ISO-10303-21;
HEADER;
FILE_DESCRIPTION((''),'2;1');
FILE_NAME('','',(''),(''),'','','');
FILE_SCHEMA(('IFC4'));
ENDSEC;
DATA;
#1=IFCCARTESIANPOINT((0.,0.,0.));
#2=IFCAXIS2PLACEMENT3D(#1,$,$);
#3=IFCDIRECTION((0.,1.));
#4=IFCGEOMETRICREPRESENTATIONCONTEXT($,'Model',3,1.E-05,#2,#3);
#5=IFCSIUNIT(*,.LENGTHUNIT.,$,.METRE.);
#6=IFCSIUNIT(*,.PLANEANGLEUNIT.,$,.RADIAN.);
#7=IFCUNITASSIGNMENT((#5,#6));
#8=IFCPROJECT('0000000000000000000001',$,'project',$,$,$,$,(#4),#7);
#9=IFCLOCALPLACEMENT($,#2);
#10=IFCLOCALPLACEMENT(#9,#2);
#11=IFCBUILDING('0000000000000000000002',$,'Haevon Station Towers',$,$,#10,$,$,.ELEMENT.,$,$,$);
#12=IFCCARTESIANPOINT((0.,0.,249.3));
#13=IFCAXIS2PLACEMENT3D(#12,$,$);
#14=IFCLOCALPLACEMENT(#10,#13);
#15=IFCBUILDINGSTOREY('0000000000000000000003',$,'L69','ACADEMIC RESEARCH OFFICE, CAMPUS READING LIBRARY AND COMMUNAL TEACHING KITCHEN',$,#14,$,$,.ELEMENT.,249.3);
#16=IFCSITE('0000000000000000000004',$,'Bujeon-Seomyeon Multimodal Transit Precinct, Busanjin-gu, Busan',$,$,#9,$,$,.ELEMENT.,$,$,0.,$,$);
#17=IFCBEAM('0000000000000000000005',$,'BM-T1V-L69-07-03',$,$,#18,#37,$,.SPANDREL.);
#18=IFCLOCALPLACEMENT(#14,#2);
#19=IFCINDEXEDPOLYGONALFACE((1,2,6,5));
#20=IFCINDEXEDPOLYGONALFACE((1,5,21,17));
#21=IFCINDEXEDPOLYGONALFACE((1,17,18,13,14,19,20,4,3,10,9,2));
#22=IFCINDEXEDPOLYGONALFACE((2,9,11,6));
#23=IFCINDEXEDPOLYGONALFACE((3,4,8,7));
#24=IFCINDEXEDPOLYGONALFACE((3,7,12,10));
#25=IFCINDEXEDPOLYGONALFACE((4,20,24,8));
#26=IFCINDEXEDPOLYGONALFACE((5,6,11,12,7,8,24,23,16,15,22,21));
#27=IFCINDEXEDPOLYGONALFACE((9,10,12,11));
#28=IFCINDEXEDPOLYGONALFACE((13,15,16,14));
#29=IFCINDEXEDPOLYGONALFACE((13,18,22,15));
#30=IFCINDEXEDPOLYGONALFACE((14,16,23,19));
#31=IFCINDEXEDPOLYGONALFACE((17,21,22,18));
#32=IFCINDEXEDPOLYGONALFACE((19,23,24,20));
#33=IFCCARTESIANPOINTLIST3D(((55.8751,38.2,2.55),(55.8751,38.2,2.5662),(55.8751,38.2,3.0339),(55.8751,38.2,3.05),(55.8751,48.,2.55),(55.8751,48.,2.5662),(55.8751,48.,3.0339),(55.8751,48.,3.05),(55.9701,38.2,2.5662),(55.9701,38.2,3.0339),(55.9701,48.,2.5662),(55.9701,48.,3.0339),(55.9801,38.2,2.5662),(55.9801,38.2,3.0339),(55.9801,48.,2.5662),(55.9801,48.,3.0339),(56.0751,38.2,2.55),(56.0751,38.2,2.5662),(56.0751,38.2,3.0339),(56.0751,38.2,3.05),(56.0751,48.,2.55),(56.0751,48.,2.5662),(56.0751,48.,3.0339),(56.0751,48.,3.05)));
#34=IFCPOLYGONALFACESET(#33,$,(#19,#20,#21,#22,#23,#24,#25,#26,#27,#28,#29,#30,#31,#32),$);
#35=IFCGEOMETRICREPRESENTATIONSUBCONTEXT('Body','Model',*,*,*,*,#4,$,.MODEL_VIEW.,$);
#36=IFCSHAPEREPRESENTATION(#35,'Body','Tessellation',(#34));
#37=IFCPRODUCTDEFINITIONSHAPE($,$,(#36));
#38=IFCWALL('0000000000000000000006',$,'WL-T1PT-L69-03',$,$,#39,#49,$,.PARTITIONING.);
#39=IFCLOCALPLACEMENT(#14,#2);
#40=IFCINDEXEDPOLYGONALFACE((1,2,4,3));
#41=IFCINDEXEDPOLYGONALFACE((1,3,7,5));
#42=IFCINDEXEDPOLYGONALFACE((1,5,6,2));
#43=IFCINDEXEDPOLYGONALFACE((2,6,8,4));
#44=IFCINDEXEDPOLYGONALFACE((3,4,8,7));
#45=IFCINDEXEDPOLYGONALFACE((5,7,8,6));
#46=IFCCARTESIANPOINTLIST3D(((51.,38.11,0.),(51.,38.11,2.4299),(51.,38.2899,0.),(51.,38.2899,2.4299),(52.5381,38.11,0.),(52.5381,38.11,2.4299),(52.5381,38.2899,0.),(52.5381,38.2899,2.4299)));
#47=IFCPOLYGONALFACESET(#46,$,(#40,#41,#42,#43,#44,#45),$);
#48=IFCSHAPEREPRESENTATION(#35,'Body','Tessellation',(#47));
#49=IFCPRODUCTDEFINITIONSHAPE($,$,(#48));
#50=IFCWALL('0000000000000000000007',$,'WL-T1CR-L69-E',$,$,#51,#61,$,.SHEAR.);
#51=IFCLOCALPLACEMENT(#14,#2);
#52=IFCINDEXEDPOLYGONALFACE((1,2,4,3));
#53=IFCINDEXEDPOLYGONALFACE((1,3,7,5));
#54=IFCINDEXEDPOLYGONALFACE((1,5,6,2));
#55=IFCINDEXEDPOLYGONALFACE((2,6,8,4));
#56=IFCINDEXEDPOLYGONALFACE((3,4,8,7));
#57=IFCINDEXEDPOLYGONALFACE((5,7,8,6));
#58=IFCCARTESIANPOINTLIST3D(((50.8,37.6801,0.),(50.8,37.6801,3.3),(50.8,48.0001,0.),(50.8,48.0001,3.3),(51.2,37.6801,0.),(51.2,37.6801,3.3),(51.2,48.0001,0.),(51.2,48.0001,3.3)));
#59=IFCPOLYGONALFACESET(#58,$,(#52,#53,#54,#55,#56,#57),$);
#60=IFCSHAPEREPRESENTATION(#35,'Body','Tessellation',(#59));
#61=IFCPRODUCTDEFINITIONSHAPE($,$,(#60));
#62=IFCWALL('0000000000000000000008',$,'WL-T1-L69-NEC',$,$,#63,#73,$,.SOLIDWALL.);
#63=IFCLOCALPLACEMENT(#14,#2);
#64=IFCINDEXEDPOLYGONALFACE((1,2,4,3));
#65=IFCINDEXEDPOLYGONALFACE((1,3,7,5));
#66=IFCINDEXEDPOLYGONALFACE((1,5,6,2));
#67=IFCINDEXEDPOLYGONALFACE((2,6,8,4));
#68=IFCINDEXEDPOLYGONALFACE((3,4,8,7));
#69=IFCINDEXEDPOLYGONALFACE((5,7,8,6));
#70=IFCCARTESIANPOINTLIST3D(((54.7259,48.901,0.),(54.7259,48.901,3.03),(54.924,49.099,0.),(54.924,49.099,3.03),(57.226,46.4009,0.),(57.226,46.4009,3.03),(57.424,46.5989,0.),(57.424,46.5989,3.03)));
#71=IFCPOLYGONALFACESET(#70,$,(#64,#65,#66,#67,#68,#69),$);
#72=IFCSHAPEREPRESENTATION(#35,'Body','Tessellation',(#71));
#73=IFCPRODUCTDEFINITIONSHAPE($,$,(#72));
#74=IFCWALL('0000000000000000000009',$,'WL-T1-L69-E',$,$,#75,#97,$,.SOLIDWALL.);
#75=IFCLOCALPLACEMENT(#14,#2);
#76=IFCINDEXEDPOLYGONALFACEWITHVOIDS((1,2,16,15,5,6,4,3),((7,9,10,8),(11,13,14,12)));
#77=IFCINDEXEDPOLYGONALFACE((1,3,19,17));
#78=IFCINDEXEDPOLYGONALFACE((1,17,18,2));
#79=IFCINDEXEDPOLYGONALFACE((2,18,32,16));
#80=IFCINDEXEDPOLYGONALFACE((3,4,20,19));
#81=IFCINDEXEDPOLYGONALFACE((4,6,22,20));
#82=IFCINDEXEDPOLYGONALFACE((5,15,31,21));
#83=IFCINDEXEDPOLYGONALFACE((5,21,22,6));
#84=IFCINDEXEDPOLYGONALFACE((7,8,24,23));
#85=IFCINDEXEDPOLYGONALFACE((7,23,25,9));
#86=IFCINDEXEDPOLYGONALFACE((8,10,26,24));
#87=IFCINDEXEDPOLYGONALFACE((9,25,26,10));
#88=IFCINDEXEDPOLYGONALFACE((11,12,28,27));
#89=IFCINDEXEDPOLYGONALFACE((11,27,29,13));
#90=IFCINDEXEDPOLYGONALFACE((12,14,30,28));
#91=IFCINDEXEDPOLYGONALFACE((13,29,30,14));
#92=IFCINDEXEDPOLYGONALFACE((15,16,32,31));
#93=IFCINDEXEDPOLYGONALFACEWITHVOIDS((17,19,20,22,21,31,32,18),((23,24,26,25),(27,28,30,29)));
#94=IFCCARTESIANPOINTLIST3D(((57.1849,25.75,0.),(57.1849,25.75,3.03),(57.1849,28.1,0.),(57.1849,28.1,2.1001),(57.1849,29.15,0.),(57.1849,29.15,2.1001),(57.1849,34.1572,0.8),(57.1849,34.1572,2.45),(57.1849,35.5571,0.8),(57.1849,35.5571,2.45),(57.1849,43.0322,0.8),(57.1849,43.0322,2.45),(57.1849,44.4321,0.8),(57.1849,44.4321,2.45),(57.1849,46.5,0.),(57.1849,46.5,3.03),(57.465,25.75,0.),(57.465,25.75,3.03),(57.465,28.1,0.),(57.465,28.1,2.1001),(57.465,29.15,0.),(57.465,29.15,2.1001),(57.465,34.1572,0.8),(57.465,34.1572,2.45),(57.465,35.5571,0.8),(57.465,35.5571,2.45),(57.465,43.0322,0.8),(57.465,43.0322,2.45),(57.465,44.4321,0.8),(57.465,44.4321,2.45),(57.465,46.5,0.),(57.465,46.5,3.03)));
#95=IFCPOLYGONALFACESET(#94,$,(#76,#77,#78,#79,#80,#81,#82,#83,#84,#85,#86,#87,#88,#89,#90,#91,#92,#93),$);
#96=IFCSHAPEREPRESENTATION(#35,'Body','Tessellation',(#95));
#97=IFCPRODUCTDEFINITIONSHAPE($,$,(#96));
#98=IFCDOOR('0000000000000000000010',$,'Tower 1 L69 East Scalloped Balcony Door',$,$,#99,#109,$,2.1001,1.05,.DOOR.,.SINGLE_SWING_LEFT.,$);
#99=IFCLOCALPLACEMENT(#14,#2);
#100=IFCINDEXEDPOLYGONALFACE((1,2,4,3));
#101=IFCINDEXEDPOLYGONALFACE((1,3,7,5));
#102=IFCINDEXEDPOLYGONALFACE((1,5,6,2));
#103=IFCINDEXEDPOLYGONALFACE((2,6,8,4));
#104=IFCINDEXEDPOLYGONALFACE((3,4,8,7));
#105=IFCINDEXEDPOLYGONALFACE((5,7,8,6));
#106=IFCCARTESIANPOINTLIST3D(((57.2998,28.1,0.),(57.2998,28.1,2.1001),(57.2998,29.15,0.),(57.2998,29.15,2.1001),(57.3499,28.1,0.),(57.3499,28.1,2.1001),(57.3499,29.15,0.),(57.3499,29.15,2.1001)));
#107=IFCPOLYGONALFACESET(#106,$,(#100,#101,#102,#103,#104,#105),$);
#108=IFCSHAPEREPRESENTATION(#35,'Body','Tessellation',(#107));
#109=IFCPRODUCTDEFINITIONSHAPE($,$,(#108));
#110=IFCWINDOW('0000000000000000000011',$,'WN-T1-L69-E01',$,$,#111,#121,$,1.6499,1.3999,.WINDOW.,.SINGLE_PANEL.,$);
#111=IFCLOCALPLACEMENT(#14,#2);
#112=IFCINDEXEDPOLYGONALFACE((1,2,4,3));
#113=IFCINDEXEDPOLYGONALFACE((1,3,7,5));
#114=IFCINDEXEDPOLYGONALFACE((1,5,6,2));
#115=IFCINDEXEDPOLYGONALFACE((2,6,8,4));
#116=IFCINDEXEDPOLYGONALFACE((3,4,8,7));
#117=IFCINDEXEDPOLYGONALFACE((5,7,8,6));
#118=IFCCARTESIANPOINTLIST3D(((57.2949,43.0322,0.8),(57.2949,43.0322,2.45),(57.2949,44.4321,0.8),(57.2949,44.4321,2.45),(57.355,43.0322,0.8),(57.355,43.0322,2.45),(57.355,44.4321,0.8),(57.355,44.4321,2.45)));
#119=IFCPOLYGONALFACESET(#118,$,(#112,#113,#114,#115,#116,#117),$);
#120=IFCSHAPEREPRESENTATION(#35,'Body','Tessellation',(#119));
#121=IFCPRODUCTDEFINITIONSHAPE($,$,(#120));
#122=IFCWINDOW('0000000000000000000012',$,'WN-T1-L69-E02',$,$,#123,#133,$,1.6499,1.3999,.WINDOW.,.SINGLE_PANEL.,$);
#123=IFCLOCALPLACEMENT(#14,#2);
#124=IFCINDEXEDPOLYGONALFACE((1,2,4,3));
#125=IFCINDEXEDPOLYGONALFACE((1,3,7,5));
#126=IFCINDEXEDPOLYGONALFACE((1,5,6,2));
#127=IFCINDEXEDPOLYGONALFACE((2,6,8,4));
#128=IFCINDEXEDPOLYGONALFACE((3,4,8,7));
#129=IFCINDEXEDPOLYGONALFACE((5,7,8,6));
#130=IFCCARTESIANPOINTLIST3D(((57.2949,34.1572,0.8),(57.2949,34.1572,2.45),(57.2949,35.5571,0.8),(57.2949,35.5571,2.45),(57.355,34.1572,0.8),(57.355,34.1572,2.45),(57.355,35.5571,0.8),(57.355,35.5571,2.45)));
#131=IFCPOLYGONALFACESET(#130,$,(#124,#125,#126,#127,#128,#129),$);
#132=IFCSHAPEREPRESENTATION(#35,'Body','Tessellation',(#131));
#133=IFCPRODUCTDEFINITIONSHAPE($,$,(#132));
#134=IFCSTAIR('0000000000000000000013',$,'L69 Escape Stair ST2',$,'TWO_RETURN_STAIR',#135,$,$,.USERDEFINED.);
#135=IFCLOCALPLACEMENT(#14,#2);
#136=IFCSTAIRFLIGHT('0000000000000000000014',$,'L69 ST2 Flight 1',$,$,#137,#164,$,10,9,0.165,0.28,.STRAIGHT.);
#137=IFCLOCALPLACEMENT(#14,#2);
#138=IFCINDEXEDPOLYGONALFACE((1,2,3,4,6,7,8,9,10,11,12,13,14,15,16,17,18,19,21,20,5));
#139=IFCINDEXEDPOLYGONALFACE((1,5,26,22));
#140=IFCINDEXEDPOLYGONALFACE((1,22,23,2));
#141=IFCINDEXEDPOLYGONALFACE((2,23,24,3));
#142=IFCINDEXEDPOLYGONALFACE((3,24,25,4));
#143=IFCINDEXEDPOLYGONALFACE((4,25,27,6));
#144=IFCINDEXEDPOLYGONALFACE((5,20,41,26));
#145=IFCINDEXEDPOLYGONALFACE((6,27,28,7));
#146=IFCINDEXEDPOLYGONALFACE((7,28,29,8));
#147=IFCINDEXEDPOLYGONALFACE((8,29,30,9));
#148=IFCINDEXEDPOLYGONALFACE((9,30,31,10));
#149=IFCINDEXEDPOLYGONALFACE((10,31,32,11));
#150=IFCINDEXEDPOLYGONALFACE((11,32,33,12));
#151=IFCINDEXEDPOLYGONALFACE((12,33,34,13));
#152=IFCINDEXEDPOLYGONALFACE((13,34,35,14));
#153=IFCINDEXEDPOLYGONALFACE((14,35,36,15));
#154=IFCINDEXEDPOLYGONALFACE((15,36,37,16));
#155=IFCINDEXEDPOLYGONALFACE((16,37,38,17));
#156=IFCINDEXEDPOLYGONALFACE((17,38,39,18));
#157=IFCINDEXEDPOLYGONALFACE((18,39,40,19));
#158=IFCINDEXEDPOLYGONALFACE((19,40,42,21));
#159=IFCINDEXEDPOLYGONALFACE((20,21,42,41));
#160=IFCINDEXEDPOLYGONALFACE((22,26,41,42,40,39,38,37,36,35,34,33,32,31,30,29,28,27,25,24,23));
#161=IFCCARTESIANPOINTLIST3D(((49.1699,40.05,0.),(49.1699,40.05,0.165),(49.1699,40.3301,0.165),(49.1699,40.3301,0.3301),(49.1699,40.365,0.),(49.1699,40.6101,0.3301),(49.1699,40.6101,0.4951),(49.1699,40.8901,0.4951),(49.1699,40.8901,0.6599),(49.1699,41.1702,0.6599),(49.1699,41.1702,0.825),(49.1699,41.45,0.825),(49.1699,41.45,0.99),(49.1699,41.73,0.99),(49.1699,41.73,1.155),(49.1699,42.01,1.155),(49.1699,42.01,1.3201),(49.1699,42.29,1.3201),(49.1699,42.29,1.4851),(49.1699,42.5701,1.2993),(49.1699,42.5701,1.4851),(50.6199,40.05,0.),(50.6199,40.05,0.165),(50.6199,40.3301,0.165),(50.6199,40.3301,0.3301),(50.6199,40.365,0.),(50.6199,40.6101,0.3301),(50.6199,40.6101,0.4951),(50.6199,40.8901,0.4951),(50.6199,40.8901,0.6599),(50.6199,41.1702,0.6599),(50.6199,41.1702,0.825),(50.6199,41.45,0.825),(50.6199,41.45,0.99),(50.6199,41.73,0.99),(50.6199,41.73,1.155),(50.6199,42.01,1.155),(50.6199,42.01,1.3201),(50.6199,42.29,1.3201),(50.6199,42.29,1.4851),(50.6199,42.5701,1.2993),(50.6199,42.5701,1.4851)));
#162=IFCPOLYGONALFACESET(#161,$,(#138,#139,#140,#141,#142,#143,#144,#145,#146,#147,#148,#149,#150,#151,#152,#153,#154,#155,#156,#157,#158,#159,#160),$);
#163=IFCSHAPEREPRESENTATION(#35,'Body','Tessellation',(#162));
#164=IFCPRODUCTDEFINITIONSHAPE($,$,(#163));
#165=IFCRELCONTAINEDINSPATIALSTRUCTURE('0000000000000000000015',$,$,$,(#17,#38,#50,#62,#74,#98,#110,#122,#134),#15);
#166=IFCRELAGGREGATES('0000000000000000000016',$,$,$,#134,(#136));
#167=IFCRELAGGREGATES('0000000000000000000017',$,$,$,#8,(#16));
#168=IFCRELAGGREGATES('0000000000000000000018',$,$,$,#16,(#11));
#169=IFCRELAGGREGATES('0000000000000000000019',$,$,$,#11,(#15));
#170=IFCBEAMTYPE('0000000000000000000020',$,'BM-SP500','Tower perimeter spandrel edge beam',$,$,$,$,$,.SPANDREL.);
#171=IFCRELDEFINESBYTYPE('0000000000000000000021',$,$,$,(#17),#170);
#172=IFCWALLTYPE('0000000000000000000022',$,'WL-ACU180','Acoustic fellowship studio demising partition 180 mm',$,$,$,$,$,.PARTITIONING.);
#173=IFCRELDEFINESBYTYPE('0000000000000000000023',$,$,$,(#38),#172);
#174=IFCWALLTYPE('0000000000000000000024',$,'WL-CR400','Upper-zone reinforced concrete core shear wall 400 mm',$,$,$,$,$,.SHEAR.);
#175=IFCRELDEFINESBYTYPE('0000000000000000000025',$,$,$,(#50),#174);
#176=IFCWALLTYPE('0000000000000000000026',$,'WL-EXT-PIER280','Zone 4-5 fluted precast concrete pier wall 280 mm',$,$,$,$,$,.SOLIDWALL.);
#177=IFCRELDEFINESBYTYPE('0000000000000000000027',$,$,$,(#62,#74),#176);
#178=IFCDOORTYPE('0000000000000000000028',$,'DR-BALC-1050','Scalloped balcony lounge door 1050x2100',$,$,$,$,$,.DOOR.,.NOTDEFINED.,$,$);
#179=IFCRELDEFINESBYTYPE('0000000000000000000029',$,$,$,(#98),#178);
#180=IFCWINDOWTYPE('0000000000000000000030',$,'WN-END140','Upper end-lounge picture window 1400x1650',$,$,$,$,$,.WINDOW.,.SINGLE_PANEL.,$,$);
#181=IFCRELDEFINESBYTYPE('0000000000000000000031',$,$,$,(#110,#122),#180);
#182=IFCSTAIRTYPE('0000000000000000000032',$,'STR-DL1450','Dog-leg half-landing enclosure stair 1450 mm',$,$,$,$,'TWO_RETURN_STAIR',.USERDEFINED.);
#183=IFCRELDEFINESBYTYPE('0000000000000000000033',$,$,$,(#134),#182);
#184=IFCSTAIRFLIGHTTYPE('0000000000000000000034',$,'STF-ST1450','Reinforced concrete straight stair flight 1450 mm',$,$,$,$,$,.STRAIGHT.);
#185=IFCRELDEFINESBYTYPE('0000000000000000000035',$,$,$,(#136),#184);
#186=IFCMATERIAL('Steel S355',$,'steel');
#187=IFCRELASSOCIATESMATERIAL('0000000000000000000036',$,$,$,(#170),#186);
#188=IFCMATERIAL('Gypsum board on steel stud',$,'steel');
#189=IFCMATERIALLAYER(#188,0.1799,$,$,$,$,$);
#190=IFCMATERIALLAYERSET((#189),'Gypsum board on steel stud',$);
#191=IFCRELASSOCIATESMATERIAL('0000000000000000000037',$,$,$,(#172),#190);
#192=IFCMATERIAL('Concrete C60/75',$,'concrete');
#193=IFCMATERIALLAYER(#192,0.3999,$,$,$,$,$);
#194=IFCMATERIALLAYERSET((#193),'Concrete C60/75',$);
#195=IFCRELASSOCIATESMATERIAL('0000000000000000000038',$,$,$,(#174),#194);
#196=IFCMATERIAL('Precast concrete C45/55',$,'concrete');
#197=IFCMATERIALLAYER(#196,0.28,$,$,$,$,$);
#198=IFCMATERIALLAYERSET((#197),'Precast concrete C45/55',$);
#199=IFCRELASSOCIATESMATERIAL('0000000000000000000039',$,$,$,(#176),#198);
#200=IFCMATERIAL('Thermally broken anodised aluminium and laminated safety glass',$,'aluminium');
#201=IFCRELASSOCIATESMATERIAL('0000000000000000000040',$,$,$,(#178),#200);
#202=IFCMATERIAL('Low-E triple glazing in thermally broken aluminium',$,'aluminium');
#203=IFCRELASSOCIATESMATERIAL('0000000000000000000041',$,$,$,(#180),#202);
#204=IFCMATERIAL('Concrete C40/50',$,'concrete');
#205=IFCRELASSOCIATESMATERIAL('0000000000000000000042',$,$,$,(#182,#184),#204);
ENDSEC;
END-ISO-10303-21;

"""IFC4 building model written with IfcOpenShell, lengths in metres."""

from ifc_helpers import new_model, si_unit, direction, frame, frame_2d, origin, origin_2d, place, context, subcontext, project, spatial, polyline, rectangle, i_section, outline, extrude, material, layer, layer_set, material_profile, profile_set, type_object, element, fill, aggregate, save


model = new_model("IFC4")

# Units and contexts
model_context = context("Model", 3, precision=1e-05, world=origin(), true_north=direction((0.0, 1.0)))
body_context = subcontext(model_context, "Body", "Model", "MODEL_VIEW")
ifc_project = project(units=[si_unit("LENGTHUNIT", "METRE"), si_unit("PLANEANGLEUNIT", "RADIAN")], contexts=[model_context])

# Site, building, storey
site_placement = place(None, origin())
site = spatial("IfcSite", under=ifc_project, at=site_placement, Name="Bujeon-Seomyeon Multimodal Transit Precinct, Busanjin-gu, Busan", CompositionType="ELEMENT", RefElevation=0.0)
building_placement = place(site_placement, origin())
building = spatial("IfcBuilding", under=site, at=building_placement, Name="Haevon Station Towers", CompositionType="ELEMENT")
storey_placement = place(building_placement, frame((0.0, 0.0, 249.3)))
storey = spatial("IfcBuildingStorey", under=building, at=storey_placement, Name="L69", Description="ACADEMIC RESEARCH OFFICE, CAMPUS READING LIBRARY AND COMMUNAL TEACHING KITCHEN", CompositionType="ELEMENT", Elevation=249.3)

# Shared definitions
ifc_material_1 = material(Name="Steel S355", Category="steel")

# Beam
ifc_material_profile_1 = material_profile(ifc_material_1, i_section(OverallWidth=0.2, OverallDepth=0.5, WebThickness=0.01, FlangeThickness=0.0161, at=origin_2d()), Name="H-500x200x10x16")
ifc_profile_set_1 = profile_set([ifc_material_profile_1], Name="Steel S355")
beam_type_1 = type_object("IfcBeamType", Name="BM-SP500", Description="Tower perimeter spandrel edge beam", PredefinedType="SPANDREL", material=ifc_profile_set_1)
beam_1_placement = place(storey_placement, frame((55.9751, 38.2, 2.8), z_axis=(0.0, 1.0, 0.0), x_axis=(-1.0, 0.0, 0.0)))
element("IfcBeam", 1, at=beam_1_placement, inside=storey, type_object=beam_type_1, Name="BM-T1V-L69-07-03", PredefinedType="SPANDREL", context=body_context, shape_type="SweptSolid", body=[
    extrude(i_section(OverallWidth=0.2, OverallDepth=0.5, WebThickness=0.01, FlangeThickness=0.0161, at=origin_2d()), origin(), (0.0, 0.0, 1.0), 9.8),
])

# Walls
ifc_material_2 = material(Name="Gypsum board on steel stud", Category="steel")
ifc_layer_1 = layer(ifc_material_2, 0.1799)
ifc_layer_set_1 = layer_set([ifc_layer_1], Name="Gypsum board on steel stud")
wall_type_1 = type_object("IfcWallType", Name="WL-ACU180", Description="Acoustic fellowship studio demising partition 180 mm", PredefinedType="PARTITIONING", material=ifc_layer_set_1)
wall_1_placement = place(storey_placement, frame((51.0, 38.2, 0.0), z_axis=(0.0, 0.0, 1.0), x_axis=(1.0, 0.0, 0.0)))
element("IfcWall", 2, at=wall_1_placement, inside=storey, type_object=wall_type_1, Name="WL-T1PT-L69-03", PredefinedType="PARTITIONING", context=body_context, shape_type="SweptSolid", body=[
    extrude(rectangle(XDim=1.5381, YDim=0.1799, at=frame_2d((0.769, 0.0))), origin(), (0.0, 0.0, 1.0), 2.4299),
])
ifc_material_3 = material(Name="Concrete C60/75", Category="concrete")
ifc_layer_2 = layer(ifc_material_3, 0.3999)
ifc_layer_set_2 = layer_set([ifc_layer_2], Name="Concrete C60/75")
wall_type_2 = type_object("IfcWallType", Name="WL-CR400", Description="Upper-zone reinforced concrete core shear wall 400 mm", PredefinedType="SHEAR", material=ifc_layer_set_2)
wall_2_placement = place(storey_placement, frame((51.0, 37.6799, 0.0), z_axis=(0.0, 0.0, 1.0), x_axis=(0.0, 1.0, 0.0)))
element("IfcWall", 3, at=wall_2_placement, inside=storey, type_object=wall_type_2, Name="WL-T1CR-L69-E", PredefinedType="SHEAR", context=body_context, shape_type="SweptSolid", body=[
    extrude(rectangle(XDim=10.3201, YDim=0.3999, at=frame_2d((5.1602, 0.0))), origin(), (0.0, 0.0, 1.0), 3.3),
])
ifc_material_4 = material(Name="Precast concrete C45/55", Category="concrete")
ifc_layer_3 = layer(ifc_material_4, 0.28)
ifc_layer_set_3 = layer_set([ifc_layer_3], Name="Precast concrete C45/55")
wall_type_3 = type_object("IfcWallType", Name="WL-EXT-PIER280", Description="Zone 4-5 fluted precast concrete pier wall 280 mm", PredefinedType="SOLIDWALL", material=ifc_layer_set_3)
wall_3_placement = place(storey_placement, frame((54.825, 49.0, 0.0), z_axis=(0.0, 0.0, 1.0), x_axis=(0.707107, -0.707107, 0.0)))
element("IfcWall", 4, at=wall_3_placement, inside=storey, type_object=wall_type_3, Name="WL-T1-L69-NEC", PredefinedType="SOLIDWALL", context=body_context, shape_type="SweptSolid", body=[
    extrude(rectangle(XDim=3.5356, YDim=0.28, at=frame_2d((1.7678, 0.0))), origin(), (0.0, 0.0, 1.0), 3.03),
])

# Wall, openings, door, windows
wall_4_placement = place(storey_placement, frame((57.325, 46.5, 0.0), z_axis=(0.0, 0.0, 1.0), x_axis=(0.0, -1.0, 0.0)))
wall_4 = element("IfcWall", 5, at=wall_4_placement, inside=storey, type_object=wall_type_3, Name="WL-T1-L69-E", PredefinedType="SOLIDWALL", context=body_context, shape_type="SweptSolid", body=[
    extrude(rectangle(XDim=20.75, YDim=0.28, at=frame_2d((10.375, 0.0))), origin(), (0.0, 0.0, 1.0), 3.03),
])
opening_1_placement = place(wall_4_placement, frame((17.3501, 0.0, 0.0)))
opening_1 = element("IfcOpeningElement", 6, at=opening_1_placement, cuts=wall_4, PredefinedType="OPENING", context=body_context, shape_type="SweptSolid", body=[
    extrude(rectangle(XDim=1.05, YDim=2.1001, at=frame_2d((0.5249, 1.05))), frame((0.0, 0.1499, 0.0), z_axis=(0.0, -1.0, 0.0), x_axis=(1.0, 0.0, 0.0)), (0.0, 0.0, 1.0), 0.3),
])
opening_2_placement = place(wall_4_placement, frame((2.0679, 0.0, 0.8)))
opening_2 = element("IfcOpeningElement", 7, at=opening_2_placement, cuts=wall_4, PredefinedType="OPENING", context=body_context, shape_type="SweptSolid", body=[
    extrude(rectangle(XDim=1.3999, YDim=1.6499, at=frame_2d((0.7, 0.825))), frame((0.0, 0.1499, 0.0), z_axis=(0.0, -1.0, 0.0), x_axis=(1.0, 0.0, 0.0)), (0.0, 0.0, 1.0), 0.3),
])
opening_3_placement = place(wall_4_placement, frame((10.9429, 0.0, 0.8)))
opening_3 = element("IfcOpeningElement", 8, at=opening_3_placement, cuts=wall_4, PredefinedType="OPENING", context=body_context, shape_type="SweptSolid", body=[
    extrude(rectangle(XDim=1.3999, YDim=1.6499, at=frame_2d((0.7, 0.825))), frame((0.0, 0.1499, 0.0), z_axis=(0.0, -1.0, 0.0), x_axis=(1.0, 0.0, 0.0)), (0.0, 0.0, 1.0), 0.3),
])
ifc_material_5 = material(Name="Thermally broken anodised aluminium and laminated safety glass", Category="aluminium")
door_type = type_object("IfcDoorType", Name="DR-BALC-1050", Description="Scalloped balcony lounge door 1050x2100", OperationType="NOTDEFINED", PredefinedType="DOOR", material=ifc_material_5)
door_placement = place(opening_1_placement, origin())
door = element("IfcDoor", 9, at=door_placement, inside=storey, type_object=door_type, Name="Tower 1 L69 East Scalloped Balcony Door", OperationType="SINGLE_SWING_LEFT", OverallHeight=2.1001, OverallWidth=1.05, PredefinedType="DOOR", context=body_context, shape_type="SweptSolid", body=[
    extrude(rectangle(XDim=1.05, YDim=2.1001, at=frame_2d((0.5249, 1.05))), frame((0.0, 0.0249, 0.0), z_axis=(0.0, -1.0, 0.0), x_axis=(1.0, 0.0, 0.0)), (0.0, 0.0, 1.0), 0.05),
])
fill(opening_1, door)
ifc_material_6 = material(Name="Low-E triple glazing in thermally broken aluminium", Category="aluminium")
window_type = type_object("IfcWindowType", Name="WN-END140", Description="Upper end-lounge picture window 1400x1650", PartitioningType="SINGLE_PANEL", PredefinedType="WINDOW", material=ifc_material_6)
window_1_placement = place(opening_2_placement, origin())
window_1 = element("IfcWindow", 10, at=window_1_placement, inside=storey, type_object=window_type, Name="WN-T1-L69-E01", OverallHeight=1.6499, OverallWidth=1.3999, PartitioningType="SINGLE_PANEL", PredefinedType="WINDOW", context=body_context, shape_type="SweptSolid", body=[
    extrude(rectangle(XDim=1.3999, YDim=1.6499, at=frame_2d((0.7, 0.825))), frame((0.0, 0.03, 0.0), z_axis=(0.0, -1.0, 0.0), x_axis=(1.0, 0.0, 0.0)), (0.0, 0.0, 1.0), 0.0601),
])
fill(opening_2, window_1)
window_2_placement = place(opening_3_placement, origin())
window_2 = element("IfcWindow", 11, at=window_2_placement, inside=storey, type_object=window_type, Name="WN-T1-L69-E02", OverallHeight=1.6499, OverallWidth=1.3999, PartitioningType="SINGLE_PANEL", PredefinedType="WINDOW", context=body_context, shape_type="SweptSolid", body=[
    extrude(rectangle(XDim=1.3999, YDim=1.6499, at=frame_2d((0.7, 0.825))), frame((0.0, 0.03, 0.0), z_axis=(0.0, -1.0, 0.0), x_axis=(1.0, 0.0, 0.0)), (0.0, 0.0, 1.0), 0.0601),
])
fill(opening_3, window_2)

# Stair, stair flight
ifc_material_7 = material(Name="Concrete C40/50", Category="concrete")
stair_type = type_object("IfcStairType", Name="STR-DL1450", Description="Dog-leg half-landing enclosure stair 1450 mm", ElementType="TWO_RETURN_STAIR", PredefinedType="USERDEFINED", material=ifc_material_7)
stair_placement = place(storey_placement, origin())
stair = element("IfcStair", 12, at=stair_placement, inside=storey, type_object=stair_type, Name="L69 Escape Stair ST2", ObjectType="TWO_RETURN_STAIR", PredefinedType="USERDEFINED")
stair_flight_type = type_object("IfcStairFlightType", Name="STF-ST1450", Description="Reinforced concrete straight stair flight 1450 mm", PredefinedType="STRAIGHT", material=ifc_material_7)
stair_flight_1_placement = place(storey_placement, frame((49.895, 40.05, 0.0), z_axis=(0.0, 0.0, 1.0), x_axis=(0.0, 1.0, 0.0)))
stair_flight_1 = element("IfcStairFlight", 13, at=stair_flight_1_placement, type_object=stair_flight_type, Name="L69 ST2 Flight 1", NumberOfRisers=10, NumberOfTreads=9, PredefinedType="STRAIGHT", RiserHeight=0.165, TreadLength=0.28, context=body_context, shape_type="SweptSolid", body=[
    extrude(outline(polyline([(0.0, 0.0), (0.0, 0.165), (0.28, 0.165), (0.28, 0.3301), (0.5601, 0.3301), (0.5601, 0.4951), (0.8401, 0.4951), (0.8401, 0.6599), (1.1201, 0.6599), (1.1201, 0.825), (1.3999, 0.825), (1.3999, 0.99), (1.6799, 0.99), (1.6799, 1.155), (1.96, 1.155), (1.96, 1.3201), (2.24, 1.3201), (2.24, 1.4851), (2.52, 1.4851), (2.52, 1.6499), (2.52, 1.2993), (0.3149, 0.0), (0.0, 0.0)])), frame((0.0, 0.7251, 0.0), z_axis=(0.0, -1.0, 0.0), x_axis=(1.0, 0.0, 0.0)), (0.0, 0.0, 1.0), 1.45),
])
aggregate(stair, [stair_flight_1])

save(model, "model.ifc")
